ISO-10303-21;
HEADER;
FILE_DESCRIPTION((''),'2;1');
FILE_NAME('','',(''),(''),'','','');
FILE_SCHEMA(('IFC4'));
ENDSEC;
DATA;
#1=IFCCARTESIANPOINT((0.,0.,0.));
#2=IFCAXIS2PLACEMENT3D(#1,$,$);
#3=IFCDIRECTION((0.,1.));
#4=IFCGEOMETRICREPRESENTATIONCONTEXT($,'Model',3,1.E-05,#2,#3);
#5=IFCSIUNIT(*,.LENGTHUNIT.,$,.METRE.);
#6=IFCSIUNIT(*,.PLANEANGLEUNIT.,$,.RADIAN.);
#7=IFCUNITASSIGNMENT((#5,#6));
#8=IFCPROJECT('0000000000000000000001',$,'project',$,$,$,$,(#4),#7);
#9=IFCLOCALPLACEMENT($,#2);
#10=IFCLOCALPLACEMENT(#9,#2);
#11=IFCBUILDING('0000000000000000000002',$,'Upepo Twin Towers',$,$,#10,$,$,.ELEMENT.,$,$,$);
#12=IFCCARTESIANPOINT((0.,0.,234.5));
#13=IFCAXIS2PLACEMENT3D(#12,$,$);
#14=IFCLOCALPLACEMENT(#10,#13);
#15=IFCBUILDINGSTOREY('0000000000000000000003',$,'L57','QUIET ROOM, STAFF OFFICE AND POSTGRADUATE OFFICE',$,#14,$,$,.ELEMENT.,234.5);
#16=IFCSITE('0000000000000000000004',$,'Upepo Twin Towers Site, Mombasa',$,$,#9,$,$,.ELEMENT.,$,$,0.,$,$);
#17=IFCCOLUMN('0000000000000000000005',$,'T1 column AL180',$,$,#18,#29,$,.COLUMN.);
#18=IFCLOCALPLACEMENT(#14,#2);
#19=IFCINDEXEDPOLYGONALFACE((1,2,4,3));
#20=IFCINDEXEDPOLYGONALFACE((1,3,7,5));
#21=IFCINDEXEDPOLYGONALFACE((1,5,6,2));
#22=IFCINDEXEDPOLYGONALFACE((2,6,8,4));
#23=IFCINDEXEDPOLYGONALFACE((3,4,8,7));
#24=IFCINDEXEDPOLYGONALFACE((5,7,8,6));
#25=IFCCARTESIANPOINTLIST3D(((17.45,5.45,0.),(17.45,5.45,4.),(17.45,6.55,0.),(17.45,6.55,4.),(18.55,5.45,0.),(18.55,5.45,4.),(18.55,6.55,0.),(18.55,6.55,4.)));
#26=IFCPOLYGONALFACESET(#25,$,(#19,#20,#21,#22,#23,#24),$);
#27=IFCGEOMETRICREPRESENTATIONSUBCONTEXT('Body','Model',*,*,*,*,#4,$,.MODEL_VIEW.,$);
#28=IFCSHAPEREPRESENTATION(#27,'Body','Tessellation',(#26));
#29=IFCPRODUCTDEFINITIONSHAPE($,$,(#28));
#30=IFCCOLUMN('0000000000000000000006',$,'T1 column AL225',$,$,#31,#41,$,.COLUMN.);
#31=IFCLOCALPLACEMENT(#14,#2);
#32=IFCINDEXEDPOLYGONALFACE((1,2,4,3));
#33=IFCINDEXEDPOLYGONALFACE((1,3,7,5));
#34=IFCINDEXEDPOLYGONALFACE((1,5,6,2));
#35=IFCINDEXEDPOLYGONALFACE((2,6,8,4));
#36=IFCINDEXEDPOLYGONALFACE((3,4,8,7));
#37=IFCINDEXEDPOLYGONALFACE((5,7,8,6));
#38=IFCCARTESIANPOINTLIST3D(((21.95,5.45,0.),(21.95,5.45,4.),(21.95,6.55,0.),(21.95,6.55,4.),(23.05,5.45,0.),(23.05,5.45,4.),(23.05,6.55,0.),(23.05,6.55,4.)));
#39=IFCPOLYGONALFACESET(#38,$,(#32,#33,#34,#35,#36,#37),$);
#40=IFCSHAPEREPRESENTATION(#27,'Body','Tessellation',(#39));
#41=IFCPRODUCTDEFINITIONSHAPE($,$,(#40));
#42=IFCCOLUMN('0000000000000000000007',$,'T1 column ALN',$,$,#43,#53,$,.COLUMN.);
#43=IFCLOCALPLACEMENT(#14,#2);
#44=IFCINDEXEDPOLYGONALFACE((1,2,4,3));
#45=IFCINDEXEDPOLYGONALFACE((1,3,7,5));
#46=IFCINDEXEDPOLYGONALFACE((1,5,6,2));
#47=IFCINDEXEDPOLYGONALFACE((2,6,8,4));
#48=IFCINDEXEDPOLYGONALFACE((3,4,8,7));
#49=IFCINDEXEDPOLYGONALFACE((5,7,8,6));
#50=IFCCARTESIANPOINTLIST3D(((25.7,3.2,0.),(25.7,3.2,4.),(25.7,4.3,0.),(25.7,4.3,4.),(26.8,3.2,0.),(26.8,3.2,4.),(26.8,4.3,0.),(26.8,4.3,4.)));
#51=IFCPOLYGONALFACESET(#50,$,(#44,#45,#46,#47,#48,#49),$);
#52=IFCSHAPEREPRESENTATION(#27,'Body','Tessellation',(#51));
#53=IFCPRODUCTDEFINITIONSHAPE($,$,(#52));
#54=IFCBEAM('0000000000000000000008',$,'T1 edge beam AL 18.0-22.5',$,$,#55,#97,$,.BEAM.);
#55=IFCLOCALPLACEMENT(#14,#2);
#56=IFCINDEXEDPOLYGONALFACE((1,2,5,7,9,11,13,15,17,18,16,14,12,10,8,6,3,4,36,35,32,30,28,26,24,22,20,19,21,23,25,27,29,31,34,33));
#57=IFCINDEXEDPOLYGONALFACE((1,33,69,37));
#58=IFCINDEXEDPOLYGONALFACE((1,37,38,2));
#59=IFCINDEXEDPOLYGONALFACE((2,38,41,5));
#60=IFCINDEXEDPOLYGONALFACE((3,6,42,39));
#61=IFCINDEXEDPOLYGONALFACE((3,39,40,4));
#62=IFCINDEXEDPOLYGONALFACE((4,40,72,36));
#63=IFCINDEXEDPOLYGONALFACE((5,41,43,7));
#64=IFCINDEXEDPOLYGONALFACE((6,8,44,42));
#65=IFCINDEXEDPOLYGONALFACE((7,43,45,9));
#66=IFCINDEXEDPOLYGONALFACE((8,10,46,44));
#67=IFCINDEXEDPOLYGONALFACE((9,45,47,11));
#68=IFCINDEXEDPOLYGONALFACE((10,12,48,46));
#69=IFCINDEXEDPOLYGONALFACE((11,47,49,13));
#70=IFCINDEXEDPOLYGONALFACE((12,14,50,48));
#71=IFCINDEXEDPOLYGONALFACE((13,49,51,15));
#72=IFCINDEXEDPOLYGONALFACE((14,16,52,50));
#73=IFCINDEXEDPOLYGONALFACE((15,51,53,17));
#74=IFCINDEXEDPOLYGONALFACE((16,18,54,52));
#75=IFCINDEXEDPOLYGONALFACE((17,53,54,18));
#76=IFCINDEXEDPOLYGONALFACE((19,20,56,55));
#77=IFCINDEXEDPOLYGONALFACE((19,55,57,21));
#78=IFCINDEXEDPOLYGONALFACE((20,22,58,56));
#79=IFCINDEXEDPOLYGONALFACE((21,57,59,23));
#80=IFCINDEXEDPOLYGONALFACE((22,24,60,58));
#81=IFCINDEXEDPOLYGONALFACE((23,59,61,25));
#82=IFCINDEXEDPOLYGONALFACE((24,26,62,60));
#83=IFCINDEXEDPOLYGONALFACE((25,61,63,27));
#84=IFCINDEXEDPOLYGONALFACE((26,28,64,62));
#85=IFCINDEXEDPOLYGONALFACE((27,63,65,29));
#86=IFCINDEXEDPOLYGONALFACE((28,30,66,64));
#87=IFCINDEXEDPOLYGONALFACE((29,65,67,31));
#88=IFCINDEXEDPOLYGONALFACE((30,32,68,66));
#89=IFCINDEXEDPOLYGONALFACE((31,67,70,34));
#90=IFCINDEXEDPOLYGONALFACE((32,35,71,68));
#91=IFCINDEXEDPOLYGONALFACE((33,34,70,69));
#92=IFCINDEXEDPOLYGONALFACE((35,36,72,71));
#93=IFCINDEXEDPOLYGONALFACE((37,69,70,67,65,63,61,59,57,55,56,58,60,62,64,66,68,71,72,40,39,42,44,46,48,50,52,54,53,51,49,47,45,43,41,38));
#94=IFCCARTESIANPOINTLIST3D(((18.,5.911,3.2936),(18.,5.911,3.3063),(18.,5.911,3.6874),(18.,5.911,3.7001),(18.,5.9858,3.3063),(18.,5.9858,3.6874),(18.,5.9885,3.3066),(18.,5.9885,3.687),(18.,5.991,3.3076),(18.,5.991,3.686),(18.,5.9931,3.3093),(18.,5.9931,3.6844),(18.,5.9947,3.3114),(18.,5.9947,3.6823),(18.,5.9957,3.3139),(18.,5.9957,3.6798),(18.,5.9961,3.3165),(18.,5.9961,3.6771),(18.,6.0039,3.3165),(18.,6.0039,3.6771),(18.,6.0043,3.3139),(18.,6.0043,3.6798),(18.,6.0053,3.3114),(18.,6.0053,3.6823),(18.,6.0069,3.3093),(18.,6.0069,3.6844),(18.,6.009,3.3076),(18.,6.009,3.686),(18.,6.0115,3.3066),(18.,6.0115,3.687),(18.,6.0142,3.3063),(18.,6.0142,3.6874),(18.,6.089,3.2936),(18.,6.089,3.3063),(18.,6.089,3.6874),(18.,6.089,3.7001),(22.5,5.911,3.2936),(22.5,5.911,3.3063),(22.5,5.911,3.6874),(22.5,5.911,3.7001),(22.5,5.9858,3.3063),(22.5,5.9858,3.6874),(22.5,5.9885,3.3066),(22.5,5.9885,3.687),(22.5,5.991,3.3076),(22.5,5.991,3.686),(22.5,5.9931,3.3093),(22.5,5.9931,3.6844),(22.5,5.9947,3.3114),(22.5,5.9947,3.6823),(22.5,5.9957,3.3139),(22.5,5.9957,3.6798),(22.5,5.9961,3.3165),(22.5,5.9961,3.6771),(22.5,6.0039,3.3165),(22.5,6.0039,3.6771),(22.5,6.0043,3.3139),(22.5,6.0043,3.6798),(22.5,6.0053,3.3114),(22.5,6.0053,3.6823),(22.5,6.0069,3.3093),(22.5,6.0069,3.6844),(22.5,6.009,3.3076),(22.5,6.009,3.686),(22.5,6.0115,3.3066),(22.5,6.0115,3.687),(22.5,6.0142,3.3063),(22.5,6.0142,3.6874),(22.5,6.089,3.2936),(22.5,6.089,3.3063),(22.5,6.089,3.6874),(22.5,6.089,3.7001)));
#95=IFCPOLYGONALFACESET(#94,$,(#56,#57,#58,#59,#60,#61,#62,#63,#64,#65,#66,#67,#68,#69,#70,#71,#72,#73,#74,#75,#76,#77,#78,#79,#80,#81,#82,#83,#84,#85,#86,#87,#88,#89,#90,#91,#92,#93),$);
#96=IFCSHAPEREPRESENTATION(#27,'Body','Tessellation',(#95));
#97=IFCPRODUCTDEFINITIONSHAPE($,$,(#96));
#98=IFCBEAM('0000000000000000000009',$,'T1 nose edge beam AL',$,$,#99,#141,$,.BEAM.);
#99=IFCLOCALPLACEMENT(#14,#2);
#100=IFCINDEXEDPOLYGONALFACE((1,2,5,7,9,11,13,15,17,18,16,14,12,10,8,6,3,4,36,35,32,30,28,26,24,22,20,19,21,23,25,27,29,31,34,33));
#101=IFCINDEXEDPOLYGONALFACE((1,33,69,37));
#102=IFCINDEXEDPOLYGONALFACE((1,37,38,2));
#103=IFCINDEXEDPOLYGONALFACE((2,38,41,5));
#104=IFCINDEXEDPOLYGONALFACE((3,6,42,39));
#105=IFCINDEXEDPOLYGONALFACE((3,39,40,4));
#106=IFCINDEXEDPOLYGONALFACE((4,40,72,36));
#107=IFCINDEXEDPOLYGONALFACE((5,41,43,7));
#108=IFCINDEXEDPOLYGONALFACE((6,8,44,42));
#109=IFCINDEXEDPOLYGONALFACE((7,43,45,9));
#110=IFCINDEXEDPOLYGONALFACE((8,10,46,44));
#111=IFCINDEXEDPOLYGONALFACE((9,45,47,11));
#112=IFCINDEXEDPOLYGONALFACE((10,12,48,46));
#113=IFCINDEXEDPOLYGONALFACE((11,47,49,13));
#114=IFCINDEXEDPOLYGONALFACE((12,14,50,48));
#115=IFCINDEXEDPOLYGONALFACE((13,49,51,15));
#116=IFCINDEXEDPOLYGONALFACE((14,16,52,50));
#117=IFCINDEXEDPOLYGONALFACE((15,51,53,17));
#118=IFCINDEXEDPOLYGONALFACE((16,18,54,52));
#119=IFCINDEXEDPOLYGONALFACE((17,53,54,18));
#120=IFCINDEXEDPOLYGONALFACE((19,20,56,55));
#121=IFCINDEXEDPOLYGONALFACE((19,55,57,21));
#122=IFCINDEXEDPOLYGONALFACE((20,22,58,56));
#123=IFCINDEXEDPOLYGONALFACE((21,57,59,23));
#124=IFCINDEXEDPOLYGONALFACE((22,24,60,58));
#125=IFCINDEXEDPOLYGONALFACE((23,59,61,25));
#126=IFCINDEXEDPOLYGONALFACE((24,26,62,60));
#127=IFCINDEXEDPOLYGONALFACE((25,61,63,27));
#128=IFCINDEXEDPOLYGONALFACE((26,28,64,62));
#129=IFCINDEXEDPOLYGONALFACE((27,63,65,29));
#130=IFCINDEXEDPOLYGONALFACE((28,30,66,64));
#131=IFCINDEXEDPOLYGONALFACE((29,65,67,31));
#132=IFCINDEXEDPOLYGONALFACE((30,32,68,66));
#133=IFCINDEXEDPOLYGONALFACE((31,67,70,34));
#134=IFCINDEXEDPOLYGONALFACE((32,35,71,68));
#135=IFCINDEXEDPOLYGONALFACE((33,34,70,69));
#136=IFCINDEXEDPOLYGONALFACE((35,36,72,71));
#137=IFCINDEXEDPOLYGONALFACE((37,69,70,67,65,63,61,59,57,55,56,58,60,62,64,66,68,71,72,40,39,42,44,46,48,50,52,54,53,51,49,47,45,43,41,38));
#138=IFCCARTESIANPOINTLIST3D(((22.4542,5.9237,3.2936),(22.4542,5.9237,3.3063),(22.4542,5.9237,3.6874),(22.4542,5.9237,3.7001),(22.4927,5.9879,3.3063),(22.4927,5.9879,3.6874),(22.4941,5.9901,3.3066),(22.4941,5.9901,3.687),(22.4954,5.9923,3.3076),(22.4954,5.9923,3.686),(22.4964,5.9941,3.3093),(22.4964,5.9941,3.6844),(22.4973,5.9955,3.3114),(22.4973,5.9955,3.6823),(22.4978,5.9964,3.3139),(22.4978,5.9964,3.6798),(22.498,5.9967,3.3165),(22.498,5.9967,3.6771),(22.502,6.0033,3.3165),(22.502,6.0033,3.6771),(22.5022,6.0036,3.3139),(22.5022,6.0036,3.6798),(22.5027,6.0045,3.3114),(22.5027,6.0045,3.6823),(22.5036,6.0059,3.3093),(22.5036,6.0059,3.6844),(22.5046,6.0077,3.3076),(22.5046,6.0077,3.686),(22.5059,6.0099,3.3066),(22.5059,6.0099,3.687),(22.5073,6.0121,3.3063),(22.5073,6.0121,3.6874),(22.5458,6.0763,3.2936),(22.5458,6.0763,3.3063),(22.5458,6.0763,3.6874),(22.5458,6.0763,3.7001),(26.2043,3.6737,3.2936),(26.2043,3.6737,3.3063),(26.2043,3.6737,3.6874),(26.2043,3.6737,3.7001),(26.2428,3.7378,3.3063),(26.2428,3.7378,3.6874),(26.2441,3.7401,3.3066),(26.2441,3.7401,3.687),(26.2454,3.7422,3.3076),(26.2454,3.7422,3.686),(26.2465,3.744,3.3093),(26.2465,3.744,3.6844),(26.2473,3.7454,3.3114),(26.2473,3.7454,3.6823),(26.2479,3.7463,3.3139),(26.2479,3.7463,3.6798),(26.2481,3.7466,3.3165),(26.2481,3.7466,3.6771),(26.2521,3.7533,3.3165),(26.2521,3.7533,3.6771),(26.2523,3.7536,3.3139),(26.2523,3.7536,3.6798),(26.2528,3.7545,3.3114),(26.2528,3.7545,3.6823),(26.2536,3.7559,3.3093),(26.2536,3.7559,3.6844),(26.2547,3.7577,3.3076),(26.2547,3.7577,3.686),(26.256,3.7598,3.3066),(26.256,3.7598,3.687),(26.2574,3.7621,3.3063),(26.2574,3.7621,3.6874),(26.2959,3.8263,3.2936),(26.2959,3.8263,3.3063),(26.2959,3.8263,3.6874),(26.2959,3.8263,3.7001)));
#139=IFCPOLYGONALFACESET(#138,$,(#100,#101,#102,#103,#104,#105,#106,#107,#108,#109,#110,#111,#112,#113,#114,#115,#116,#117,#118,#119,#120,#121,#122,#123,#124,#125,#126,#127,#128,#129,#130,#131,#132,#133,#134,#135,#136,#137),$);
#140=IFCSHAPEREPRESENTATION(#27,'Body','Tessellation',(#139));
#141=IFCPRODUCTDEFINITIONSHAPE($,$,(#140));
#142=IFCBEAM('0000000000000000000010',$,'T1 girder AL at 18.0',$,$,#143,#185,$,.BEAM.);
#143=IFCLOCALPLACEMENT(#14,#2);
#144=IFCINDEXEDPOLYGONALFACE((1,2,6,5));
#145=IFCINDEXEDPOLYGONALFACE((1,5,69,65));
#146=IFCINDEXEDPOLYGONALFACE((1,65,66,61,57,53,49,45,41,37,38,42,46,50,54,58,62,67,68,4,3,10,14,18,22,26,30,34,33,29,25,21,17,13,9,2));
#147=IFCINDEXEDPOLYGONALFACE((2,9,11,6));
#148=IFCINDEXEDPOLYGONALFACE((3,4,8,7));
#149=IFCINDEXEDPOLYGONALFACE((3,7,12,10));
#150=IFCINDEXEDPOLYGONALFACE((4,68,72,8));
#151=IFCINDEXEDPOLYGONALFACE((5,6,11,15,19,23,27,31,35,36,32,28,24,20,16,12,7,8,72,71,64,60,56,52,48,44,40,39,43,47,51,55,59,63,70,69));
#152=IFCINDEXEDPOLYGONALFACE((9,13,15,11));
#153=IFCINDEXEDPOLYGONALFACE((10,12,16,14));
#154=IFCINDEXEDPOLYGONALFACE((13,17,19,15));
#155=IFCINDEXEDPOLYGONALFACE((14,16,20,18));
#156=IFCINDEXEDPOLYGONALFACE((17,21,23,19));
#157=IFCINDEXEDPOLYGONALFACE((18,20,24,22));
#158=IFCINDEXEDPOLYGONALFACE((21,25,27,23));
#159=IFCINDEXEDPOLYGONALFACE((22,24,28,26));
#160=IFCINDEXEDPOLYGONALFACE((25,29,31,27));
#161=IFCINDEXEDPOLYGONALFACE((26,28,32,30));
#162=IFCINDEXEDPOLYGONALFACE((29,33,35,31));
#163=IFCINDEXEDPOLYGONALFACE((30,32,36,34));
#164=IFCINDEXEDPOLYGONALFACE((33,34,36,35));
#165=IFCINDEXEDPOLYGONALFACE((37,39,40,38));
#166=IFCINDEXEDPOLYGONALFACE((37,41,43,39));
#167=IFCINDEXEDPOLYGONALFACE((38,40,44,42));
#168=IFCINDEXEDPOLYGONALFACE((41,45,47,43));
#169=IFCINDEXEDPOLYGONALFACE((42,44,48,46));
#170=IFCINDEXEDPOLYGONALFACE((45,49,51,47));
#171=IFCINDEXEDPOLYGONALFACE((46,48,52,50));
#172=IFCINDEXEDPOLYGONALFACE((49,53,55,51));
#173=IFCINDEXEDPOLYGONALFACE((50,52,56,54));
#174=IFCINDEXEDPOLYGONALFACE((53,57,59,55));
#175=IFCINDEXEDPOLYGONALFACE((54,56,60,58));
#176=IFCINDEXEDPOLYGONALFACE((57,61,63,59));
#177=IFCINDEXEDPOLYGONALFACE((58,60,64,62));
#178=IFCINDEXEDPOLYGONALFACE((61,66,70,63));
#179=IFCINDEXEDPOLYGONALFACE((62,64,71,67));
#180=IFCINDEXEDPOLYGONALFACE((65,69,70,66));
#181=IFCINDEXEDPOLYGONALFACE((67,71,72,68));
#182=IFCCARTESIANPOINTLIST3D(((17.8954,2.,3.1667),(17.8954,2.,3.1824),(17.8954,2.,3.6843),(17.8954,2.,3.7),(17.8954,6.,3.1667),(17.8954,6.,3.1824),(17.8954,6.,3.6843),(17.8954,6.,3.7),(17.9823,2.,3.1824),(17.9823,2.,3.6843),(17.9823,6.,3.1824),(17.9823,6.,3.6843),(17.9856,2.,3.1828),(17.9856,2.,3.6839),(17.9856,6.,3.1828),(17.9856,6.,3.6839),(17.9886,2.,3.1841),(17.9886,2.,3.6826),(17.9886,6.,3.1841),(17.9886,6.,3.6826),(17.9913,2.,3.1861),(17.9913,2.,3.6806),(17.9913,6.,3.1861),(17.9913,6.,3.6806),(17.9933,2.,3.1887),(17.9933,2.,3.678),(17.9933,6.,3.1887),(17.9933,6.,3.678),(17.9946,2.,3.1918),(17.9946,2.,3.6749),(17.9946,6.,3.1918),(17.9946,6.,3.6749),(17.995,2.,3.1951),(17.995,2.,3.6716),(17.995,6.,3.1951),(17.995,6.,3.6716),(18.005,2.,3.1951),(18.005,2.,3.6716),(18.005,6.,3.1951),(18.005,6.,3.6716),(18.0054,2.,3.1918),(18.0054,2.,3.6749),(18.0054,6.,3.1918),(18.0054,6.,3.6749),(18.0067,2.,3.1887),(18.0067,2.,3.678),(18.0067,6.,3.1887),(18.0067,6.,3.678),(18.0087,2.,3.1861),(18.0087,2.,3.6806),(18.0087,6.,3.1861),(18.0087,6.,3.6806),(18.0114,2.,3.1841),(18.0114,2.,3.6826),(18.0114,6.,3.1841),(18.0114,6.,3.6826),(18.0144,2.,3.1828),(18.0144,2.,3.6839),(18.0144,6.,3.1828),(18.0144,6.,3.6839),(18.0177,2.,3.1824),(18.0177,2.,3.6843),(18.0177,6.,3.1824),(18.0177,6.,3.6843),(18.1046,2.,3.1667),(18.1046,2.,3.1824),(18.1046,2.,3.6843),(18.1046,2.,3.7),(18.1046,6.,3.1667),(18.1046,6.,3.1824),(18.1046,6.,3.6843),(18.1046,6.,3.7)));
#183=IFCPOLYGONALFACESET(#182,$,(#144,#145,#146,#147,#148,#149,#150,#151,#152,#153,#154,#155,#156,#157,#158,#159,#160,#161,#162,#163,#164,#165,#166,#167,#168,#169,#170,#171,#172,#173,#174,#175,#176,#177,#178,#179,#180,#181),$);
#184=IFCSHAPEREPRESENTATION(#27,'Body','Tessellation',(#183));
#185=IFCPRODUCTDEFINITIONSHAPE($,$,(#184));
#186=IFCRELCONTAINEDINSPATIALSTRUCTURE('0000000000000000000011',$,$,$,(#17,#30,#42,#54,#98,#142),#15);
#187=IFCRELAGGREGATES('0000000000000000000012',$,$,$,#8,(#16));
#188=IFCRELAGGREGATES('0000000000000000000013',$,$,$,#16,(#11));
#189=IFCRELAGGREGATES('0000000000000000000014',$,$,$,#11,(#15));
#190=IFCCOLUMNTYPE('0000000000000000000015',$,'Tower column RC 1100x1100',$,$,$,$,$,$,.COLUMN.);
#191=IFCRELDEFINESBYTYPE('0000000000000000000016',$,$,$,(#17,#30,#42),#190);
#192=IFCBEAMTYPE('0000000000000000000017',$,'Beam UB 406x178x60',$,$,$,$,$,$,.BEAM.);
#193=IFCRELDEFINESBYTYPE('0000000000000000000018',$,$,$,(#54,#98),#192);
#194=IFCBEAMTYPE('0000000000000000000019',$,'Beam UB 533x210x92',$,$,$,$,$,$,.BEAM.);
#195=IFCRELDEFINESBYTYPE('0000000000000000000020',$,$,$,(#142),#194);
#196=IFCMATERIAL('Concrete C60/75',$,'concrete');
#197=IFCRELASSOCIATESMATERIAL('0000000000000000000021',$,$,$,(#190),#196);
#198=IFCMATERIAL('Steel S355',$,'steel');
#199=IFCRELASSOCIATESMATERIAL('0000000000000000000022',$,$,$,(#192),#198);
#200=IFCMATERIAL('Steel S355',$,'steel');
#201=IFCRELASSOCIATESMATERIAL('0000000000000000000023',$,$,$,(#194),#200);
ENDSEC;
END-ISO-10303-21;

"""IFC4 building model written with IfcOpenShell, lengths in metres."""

from ifc_helpers import new_model, si_unit, direction, frame, origin, origin_2d, place, context, subcontext, project, spatial, rectangle, i_section, extrude, material, material_profile, profile_set, type_object, element, save


model = new_model("IFC4")

# Units and contexts
model_context = context("Model", 3, precision=1e-05, world=origin(), true_north=direction((0.0, 1.0)))
body_context = subcontext(model_context, "Body", "Model", "MODEL_VIEW")
ifc_project = project(units=[si_unit("LENGTHUNIT", "METRE"), si_unit("PLANEANGLEUNIT", "RADIAN")], contexts=[model_context])

# Site, building, storey
site_placement = place(None, origin())
site = spatial("IfcSite", under=ifc_project, at=site_placement, Name="Upepo Twin Towers Site, Mombasa", CompositionType="ELEMENT", RefElevation=0.0)
building_placement = place(site_placement, origin())
building = spatial("IfcBuilding", under=site, at=building_placement, Name="Upepo Twin Towers", CompositionType="ELEMENT")
storey_placement = place(building_placement, frame((0.0, 0.0, 234.5)))
storey = spatial("IfcBuildingStorey", under=building, at=storey_placement, Name="L57", Description="QUIET ROOM, STAFF OFFICE AND POSTGRADUATE OFFICE", CompositionType="ELEMENT", Elevation=234.5)

# Columns
ifc_material_1 = material(Name="Concrete C60/75", Category="concrete")
ifc_material_profile_1 = material_profile(ifc_material_1, rectangle(XDim=1.1001, YDim=1.1001, at=origin_2d()), Name="RC 1100x1100")
ifc_profile_set_1 = profile_set([ifc_material_profile_1], Name="Concrete C60/75")
column_type = type_object("IfcColumnType", Name="Tower column RC 1100x1100", PredefinedType="COLUMN", material=ifc_profile_set_1)
for number, where, z_axis, x_axis, name in (
    (1, (18.0, 6.0, 0.0), (0.0, 0.0, 1.0), (1.0, 0.0, 0.0), "T1 column AL180"),
    (2, (22.5, 6.0, 0.0), (0.0, 0.0, 1.0), (1.0, 0.0, 0.0), "T1 column AL225"),
    (3, (26.25, 3.75, 0.0), (0.0, 0.0, 1.0), (1.0, 0.0, 0.0), "T1 column ALN"),
):
    element("IfcColumn", number, at=place(storey_placement, frame(where, z_axis=z_axis, x_axis=x_axis)), inside=storey, type_object=column_type, Name=name, PredefinedType="COLUMN", context=body_context, shape_type="SweptSolid", body=[
        extrude(rectangle(XDim=1.1001, YDim=1.1001, at=origin_2d()), origin(), (0.0, 0.0, 1.0), 4.0),
    ])

# Beams
ifc_material_2 = material(Name="Steel S355", Category="steel")
ifc_material_profile_2 = material_profile(ifc_material_2, i_section(OverallWidth=0.178, OverallDepth=0.4065, WebThickness=0.0078, FlangeThickness=0.0127, FilletRadius=0.0103, at=origin_2d()), Name="UB 406x178x60")
ifc_profile_set_2 = profile_set([ifc_material_profile_2], Name="Steel S355")
beam_type_1 = type_object("IfcBeamType", Name="Beam UB 406x178x60", PredefinedType="BEAM", material=ifc_profile_set_2)
beam_1_placement = place(storey_placement, frame((18.0, 6.0, 3.4968), z_axis=(1.0, 0.0, 0.0), x_axis=(0.0, 1.0, 0.0)))
element("IfcBeam", 4, at=beam_1_placement, inside=storey, type_object=beam_type_1, Name="T1 edge beam AL 18.0-22.5", PredefinedType="BEAM", context=body_context, shape_type="SweptSolid", body=[
    extrude(i_section(OverallWidth=0.178, OverallDepth=0.4065, WebThickness=0.0078, FlangeThickness=0.0127, FilletRadius=0.0103, at=origin_2d()), origin(), (0.0, 0.0, 1.0), 4.5),
])
beam_2_placement = place(storey_placement, frame((22.5, 6.0, 3.4968), z_axis=(0.857493, -0.514496, 0.0), x_axis=(0.514496, 0.857493, 0.0)))
element("IfcBeam", 5, at=beam_2_placement, inside=storey, type_object=beam_type_1, Name="T1 nose edge beam AL", PredefinedType="BEAM", context=body_context, shape_type="SweptSolid", body=[
    extrude(i_section(OverallWidth=0.178, OverallDepth=0.4065, WebThickness=0.0078, FlangeThickness=0.0127, FilletRadius=0.0103, at=origin_2d()), origin(), (0.0, 0.0, 1.0), 4.3733),
])
ifc_material_3 = material(Name="Steel S355", Category="steel")
ifc_material_profile_3 = material_profile(ifc_material_3, i_section(OverallWidth=0.2092, OverallDepth=0.5332, WebThickness=0.01, FlangeThickness=0.0156, FilletRadius=0.0127, at=origin_2d()), Name="UB 533x210x92")
ifc_profile_set_3 = profile_set([ifc_material_profile_3], Name="Steel S355")
beam_type_2 = type_object("IfcBeamType", Name="Beam UB 533x210x92", PredefinedType="BEAM", material=ifc_profile_set_3)
for number, where, z_axis, x_axis, name in (
    (6, (18.0, 6.0, 3.4333), (0.0, -1.0, 0.0), (1.0, 0.0, 0.0), "T1 girder AL at 18.0"),
):
    element("IfcBeam", number, at=place(storey_placement, frame(where, z_axis=z_axis, x_axis=x_axis)), inside=storey, type_object=beam_type_2, Name=name, PredefinedType="BEAM", context=body_context, shape_type="SweptSolid", body=[
        extrude(i_section(OverallWidth=0.2092, OverallDepth=0.5332, WebThickness=0.01, FlangeThickness=0.0156, FilletRadius=0.0127, at=origin_2d()), origin(), (0.0, 0.0, 1.0), 4.0),
    ])

save(model, "model.ifc")
